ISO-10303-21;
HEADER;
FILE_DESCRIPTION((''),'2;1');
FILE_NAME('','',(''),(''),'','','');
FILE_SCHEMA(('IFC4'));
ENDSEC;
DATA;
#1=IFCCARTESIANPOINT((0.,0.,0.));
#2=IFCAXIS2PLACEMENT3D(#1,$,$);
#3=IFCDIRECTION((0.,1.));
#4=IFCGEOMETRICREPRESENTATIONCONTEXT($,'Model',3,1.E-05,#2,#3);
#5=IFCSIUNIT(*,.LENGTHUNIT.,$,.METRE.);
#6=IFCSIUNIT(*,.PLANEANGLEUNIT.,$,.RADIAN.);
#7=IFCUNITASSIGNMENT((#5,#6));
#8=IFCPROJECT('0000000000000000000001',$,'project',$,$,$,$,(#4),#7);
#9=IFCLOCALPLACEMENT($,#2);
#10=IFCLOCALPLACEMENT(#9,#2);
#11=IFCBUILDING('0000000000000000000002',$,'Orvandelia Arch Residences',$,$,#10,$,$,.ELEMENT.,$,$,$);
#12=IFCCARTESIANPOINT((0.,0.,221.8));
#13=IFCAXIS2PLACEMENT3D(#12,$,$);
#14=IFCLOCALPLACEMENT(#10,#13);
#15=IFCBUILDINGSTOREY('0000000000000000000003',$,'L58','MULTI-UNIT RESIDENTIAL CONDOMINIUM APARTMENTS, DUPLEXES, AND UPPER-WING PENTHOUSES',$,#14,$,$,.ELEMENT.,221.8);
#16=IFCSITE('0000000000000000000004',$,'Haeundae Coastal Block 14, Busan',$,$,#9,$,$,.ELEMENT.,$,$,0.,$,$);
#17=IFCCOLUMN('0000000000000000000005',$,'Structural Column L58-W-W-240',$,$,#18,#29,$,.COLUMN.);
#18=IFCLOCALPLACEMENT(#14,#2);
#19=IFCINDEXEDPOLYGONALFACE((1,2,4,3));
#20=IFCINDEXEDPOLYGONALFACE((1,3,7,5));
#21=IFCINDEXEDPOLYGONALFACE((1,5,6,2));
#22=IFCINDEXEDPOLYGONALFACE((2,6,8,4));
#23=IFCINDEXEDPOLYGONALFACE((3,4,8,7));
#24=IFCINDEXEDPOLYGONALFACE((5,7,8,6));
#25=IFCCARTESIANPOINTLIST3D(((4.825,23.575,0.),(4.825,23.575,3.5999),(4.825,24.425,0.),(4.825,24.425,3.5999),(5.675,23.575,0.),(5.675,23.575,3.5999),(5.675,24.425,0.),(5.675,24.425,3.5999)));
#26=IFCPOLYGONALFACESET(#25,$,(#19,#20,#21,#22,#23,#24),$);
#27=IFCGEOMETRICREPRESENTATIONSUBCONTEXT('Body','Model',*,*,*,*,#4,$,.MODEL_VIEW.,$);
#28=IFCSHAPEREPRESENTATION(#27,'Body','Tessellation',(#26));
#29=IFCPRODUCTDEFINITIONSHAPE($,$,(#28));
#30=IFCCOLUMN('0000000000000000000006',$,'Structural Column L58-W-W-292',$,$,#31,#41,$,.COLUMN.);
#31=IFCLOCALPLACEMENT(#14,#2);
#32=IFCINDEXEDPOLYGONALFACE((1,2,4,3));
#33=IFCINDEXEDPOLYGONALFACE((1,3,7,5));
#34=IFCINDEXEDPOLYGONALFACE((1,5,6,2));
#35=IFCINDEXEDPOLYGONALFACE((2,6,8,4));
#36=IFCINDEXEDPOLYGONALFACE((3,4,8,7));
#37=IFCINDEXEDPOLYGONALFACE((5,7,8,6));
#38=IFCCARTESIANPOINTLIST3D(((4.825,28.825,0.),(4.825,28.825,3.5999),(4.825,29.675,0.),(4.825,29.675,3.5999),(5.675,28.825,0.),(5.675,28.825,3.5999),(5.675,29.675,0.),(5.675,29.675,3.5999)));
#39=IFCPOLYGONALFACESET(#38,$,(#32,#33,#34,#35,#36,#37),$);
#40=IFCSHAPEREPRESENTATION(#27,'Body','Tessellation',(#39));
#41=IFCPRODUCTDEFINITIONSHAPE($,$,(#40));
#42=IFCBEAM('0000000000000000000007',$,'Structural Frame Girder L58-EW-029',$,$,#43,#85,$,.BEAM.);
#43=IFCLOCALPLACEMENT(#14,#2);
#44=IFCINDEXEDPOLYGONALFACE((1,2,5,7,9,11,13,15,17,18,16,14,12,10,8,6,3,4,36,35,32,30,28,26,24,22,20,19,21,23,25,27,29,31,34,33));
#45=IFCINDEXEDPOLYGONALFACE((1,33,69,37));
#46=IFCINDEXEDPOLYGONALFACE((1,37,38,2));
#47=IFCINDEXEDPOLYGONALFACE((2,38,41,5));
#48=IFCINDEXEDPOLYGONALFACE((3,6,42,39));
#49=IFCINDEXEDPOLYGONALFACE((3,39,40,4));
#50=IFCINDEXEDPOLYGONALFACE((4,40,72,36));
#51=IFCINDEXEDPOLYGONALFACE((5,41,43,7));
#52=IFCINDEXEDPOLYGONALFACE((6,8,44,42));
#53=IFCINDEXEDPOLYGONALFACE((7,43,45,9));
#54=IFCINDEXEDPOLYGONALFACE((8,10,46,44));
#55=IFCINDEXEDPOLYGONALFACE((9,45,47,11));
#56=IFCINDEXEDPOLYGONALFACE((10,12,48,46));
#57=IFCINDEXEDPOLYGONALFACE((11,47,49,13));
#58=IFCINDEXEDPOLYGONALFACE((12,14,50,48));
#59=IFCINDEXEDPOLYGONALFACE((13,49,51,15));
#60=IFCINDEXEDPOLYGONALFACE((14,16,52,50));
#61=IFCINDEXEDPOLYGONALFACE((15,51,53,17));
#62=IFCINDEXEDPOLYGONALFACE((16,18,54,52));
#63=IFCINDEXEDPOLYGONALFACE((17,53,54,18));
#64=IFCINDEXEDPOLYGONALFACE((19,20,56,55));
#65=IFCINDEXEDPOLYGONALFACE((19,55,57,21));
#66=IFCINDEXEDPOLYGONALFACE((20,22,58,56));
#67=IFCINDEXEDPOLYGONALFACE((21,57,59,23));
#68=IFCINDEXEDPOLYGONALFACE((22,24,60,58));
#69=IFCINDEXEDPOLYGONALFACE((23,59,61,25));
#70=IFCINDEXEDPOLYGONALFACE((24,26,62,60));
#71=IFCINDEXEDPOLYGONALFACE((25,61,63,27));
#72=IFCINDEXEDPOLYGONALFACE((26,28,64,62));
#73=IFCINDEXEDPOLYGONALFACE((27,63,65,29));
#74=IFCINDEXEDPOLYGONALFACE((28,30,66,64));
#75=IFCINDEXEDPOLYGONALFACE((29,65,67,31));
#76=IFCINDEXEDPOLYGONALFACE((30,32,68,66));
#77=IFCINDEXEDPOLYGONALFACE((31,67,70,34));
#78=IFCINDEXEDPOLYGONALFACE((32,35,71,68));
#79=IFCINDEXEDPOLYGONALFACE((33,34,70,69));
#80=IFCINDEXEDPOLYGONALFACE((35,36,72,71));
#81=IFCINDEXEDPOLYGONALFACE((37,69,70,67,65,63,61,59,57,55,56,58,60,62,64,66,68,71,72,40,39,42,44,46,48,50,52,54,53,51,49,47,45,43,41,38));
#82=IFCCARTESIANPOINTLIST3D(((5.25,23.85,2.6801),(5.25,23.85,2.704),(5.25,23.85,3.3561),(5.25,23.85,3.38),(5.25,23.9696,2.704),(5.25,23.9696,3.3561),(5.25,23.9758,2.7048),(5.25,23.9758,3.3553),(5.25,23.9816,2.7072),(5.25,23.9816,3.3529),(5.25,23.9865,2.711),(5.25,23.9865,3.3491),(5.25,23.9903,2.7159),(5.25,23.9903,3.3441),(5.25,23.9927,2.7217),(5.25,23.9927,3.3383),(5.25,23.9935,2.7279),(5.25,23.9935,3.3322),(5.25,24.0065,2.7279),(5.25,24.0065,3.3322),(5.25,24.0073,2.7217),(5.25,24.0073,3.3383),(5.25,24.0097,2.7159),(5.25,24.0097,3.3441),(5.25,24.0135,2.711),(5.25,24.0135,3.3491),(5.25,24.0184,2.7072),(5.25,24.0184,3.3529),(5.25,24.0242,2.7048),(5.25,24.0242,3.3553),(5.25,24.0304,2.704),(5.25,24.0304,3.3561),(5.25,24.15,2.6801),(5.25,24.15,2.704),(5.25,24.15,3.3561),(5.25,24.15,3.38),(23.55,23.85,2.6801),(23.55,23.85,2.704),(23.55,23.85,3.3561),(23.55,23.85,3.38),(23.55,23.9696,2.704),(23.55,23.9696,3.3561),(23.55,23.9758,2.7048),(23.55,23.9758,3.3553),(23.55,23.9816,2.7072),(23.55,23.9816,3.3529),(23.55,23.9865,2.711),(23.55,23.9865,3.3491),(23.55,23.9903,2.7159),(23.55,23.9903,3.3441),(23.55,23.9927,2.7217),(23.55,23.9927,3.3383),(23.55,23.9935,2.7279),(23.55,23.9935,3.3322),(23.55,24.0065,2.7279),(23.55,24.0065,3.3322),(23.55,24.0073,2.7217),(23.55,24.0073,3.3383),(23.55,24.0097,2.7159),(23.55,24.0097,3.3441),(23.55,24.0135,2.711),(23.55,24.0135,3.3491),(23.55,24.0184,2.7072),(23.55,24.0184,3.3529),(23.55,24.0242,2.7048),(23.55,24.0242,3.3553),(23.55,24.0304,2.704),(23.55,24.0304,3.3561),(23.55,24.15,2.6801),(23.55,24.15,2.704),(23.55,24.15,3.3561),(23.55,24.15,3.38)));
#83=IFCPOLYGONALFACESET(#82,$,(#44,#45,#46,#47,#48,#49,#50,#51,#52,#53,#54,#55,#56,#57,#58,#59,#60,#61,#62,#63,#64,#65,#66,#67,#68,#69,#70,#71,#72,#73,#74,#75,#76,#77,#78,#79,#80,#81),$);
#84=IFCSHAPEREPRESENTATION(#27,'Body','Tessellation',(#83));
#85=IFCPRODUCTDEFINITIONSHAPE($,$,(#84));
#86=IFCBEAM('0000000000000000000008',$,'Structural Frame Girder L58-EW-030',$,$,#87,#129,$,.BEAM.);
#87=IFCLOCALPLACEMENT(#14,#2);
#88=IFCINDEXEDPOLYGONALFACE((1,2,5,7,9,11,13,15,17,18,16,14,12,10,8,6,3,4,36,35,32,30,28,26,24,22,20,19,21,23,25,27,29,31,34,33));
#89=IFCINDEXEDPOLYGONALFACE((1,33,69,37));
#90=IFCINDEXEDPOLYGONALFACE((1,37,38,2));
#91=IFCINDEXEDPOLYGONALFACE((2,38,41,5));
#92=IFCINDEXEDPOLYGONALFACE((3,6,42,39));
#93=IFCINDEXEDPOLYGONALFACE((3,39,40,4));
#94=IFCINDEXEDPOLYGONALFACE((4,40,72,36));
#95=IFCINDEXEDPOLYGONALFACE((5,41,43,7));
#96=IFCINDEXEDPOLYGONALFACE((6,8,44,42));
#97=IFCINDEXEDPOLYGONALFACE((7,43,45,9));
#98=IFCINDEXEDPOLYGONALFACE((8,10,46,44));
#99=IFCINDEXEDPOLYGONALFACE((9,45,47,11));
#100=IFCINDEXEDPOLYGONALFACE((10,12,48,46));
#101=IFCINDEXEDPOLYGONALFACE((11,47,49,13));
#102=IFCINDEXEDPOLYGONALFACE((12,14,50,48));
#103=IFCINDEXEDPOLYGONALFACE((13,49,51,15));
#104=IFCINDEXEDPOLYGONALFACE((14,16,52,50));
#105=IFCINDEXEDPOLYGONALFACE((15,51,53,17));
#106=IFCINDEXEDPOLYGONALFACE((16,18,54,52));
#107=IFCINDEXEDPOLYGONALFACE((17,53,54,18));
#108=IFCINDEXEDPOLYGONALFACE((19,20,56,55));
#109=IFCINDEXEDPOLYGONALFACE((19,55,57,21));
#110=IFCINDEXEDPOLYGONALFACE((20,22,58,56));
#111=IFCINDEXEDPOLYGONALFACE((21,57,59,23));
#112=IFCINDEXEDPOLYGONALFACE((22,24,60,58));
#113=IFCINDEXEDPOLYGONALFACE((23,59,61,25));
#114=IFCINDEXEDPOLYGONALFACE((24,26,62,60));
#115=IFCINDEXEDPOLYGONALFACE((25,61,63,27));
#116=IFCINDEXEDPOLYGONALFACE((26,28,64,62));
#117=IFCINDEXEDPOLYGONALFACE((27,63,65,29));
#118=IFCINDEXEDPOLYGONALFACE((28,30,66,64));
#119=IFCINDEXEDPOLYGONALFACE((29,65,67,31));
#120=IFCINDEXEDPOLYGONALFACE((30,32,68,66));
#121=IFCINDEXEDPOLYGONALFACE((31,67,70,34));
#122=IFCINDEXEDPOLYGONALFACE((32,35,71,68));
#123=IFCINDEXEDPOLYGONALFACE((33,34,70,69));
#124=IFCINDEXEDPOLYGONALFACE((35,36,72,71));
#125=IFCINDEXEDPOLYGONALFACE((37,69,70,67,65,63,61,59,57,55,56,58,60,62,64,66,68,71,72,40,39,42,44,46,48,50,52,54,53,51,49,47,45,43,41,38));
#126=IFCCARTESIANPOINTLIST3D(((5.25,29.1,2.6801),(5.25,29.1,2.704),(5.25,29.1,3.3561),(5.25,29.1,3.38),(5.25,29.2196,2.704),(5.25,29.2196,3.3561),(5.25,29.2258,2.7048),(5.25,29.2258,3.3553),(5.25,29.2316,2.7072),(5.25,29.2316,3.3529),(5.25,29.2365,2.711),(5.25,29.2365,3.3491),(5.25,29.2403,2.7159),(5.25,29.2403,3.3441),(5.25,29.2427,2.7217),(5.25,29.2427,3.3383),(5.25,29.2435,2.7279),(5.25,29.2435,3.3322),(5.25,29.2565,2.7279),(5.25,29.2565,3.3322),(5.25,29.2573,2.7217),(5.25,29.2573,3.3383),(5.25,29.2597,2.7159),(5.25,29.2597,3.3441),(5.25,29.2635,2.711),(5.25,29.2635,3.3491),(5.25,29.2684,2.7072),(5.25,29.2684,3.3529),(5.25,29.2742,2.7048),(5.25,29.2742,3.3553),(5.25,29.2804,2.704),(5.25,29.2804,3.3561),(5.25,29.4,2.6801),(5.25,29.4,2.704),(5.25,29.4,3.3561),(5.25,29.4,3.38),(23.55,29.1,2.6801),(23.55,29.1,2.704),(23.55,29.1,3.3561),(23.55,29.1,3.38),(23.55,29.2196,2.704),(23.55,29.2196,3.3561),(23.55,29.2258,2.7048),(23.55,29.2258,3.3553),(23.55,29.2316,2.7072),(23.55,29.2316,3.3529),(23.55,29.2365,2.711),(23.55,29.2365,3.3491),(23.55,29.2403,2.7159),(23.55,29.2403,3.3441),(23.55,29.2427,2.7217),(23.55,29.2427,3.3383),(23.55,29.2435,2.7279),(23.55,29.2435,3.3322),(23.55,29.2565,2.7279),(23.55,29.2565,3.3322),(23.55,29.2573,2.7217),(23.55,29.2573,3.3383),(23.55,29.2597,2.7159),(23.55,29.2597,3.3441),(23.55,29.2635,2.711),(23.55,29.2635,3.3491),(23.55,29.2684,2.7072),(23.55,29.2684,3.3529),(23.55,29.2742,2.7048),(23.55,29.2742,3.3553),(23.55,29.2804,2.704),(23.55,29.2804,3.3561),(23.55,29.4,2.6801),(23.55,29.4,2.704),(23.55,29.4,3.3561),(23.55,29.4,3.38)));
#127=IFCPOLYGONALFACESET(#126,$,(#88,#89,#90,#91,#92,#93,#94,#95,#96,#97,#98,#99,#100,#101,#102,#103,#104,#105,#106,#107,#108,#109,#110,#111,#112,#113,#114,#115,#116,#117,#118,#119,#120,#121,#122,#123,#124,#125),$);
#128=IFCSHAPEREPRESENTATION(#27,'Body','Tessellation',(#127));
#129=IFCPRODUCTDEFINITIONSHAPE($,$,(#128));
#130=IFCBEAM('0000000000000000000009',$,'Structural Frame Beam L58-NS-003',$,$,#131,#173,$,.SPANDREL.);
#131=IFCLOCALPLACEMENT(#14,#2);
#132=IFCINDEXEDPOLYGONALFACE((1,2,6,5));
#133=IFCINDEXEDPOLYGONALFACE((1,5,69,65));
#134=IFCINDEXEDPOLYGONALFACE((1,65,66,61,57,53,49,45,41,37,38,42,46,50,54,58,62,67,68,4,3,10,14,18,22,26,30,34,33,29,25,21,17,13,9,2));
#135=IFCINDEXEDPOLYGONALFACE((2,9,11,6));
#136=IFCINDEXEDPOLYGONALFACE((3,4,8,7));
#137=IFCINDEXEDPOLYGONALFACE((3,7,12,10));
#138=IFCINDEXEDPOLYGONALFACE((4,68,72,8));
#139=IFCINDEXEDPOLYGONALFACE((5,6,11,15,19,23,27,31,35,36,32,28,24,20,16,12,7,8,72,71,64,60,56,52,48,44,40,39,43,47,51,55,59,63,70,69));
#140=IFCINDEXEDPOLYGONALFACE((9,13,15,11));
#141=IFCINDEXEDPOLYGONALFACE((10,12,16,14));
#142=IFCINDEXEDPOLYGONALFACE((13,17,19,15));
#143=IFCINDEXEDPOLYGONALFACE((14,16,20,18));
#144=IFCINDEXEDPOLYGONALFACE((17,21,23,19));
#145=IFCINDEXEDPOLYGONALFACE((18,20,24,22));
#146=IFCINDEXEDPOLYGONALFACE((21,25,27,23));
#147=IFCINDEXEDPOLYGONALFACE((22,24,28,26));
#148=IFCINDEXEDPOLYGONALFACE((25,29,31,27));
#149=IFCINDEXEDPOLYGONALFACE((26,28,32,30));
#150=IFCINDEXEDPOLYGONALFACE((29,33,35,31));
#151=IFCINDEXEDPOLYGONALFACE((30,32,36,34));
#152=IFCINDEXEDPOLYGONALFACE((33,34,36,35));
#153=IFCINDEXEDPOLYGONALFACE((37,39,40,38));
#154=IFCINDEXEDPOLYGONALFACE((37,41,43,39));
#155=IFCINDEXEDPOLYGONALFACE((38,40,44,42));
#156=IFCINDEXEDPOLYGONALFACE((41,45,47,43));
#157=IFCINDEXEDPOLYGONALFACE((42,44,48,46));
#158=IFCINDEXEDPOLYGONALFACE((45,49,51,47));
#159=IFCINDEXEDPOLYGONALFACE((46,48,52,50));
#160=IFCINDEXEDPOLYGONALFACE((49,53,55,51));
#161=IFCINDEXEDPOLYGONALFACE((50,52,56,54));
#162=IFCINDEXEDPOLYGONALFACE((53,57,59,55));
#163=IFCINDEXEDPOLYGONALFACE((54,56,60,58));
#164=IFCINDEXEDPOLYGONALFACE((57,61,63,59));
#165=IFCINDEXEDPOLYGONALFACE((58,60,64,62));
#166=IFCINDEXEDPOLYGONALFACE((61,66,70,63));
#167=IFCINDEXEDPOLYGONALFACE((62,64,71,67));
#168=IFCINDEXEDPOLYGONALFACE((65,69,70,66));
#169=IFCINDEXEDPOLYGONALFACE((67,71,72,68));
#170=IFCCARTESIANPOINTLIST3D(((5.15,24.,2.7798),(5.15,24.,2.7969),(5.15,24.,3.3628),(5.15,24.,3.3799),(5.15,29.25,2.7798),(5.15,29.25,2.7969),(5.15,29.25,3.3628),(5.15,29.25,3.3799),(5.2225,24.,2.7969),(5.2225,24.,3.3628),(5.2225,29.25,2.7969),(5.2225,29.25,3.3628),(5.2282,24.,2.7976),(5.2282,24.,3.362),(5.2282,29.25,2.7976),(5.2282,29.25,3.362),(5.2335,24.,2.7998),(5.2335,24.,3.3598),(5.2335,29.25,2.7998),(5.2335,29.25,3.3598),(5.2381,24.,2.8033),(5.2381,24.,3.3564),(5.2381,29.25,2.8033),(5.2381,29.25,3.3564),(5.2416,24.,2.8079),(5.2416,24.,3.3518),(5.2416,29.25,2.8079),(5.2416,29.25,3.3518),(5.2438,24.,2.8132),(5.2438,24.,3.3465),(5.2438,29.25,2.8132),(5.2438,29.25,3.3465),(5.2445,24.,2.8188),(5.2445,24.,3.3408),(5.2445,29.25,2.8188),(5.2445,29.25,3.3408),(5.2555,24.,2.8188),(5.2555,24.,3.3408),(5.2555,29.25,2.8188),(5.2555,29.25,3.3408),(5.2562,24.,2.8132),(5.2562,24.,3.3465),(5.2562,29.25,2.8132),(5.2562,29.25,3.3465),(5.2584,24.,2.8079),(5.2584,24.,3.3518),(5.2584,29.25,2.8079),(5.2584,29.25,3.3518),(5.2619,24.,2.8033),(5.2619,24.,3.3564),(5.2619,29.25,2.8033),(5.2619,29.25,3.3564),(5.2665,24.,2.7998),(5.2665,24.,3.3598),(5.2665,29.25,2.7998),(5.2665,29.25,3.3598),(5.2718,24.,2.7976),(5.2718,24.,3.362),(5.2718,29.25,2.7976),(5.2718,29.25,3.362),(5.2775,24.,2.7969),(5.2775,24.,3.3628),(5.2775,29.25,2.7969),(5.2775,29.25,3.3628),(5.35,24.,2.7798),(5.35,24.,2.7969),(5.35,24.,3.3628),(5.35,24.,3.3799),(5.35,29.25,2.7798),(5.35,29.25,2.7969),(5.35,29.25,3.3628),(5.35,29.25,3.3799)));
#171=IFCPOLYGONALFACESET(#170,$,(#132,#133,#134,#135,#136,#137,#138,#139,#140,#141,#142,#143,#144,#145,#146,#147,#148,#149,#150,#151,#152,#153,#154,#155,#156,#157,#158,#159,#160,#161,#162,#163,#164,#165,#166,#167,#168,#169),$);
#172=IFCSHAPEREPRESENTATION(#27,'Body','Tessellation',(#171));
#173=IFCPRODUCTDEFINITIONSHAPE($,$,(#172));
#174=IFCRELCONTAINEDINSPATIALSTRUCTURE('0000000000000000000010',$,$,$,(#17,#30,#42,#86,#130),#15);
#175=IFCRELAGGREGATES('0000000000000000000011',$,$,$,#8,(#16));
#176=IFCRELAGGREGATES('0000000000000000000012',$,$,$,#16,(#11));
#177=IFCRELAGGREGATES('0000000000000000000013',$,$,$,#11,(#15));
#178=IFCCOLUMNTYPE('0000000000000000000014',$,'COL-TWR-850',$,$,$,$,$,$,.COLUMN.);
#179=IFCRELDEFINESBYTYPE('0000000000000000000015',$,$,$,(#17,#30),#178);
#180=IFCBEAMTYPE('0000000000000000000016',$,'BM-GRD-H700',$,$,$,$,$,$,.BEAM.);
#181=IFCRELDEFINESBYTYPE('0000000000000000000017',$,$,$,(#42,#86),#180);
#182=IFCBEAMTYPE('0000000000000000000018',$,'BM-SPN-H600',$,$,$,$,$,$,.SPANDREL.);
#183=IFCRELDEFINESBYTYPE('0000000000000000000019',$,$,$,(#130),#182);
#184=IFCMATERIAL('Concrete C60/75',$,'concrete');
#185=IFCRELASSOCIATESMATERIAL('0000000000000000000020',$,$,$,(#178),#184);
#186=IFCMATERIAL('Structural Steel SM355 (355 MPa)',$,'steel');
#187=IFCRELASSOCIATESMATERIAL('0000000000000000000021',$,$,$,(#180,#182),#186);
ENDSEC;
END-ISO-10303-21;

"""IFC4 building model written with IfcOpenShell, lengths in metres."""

from ifc_helpers import new_model, si_unit, direction, frame, origin, origin_2d, place, context, subcontext, project, spatial, rectangle, i_section, extrude, material, material_profile, profile_set, type_object, element, save


model = new_model("IFC4")

# Units and contexts
model_context = context("Model", 3, precision=1e-05, world=origin(), true_north=direction((0.0, 1.0)))
body_context = subcontext(model_context, "Body", "Model", "MODEL_VIEW")
ifc_project = project(units=[si_unit("LENGTHUNIT", "METRE"), si_unit("PLANEANGLEUNIT", "RADIAN")], contexts=[model_context])

# Site, building, storey
site_placement = place(None, origin())
site = spatial("IfcSite", under=ifc_project, at=site_placement, Name="Haeundae Coastal Block 14, Busan", CompositionType="ELEMENT", RefElevation=0.0)
building_placement = place(site_placement, origin())
building = spatial("IfcBuilding", under=site, at=building_placement, Name="Orvandelia Arch Residences", CompositionType="ELEMENT")
storey_placement = place(building_placement, frame((0.0, 0.0, 221.8)))
storey = spatial("IfcBuildingStorey", under=building, at=storey_placement, Name="L58", Description="MULTI-UNIT RESIDENTIAL CONDOMINIUM APARTMENTS, DUPLEXES, AND UPPER-WING PENTHOUSES", CompositionType="ELEMENT", Elevation=221.8)

# Columns
ifc_material_1 = material(Name="Concrete C60/75", Category="concrete")
ifc_material_profile_1 = material_profile(ifc_material_1, rectangle(XDim=0.8501, YDim=0.8501, at=origin_2d()), Name="Concrete C60/75", Category="concrete")
ifc_profile_set_1 = profile_set([ifc_material_profile_1], Name="Concrete C60/75")
column_type = type_object("IfcColumnType", Name="COL-TWR-850", PredefinedType="COLUMN", material=ifc_profile_set_1)
for number, where, z_axis, x_axis, name in (
    (1, (5.25, 24.0, 0.0), (0.0, 0.0, 1.0), (1.0, 0.0, 0.0), "Structural Column L58-W-W-240"),
    (2, (5.25, 29.25, 0.0), (0.0, 0.0, 1.0), (1.0, 0.0, 0.0), "Structural Column L58-W-W-292"),
):
    element("IfcColumn", number, at=place(storey_placement, frame(where, z_axis=z_axis, x_axis=x_axis)), inside=storey, type_object=column_type, Name=name, PredefinedType="COLUMN", context=body_context, shape_type="SweptSolid", body=[
        extrude(rectangle(XDim=0.8501, YDim=0.8501, at=origin_2d()), origin(), (0.0, 0.0, 1.0), 3.5999),
    ])

# Beams
ifc_material_2 = material(Name="Structural Steel SM355 (355 MPa)", Category="steel")
ifc_material_profile_2 = material_profile(ifc_material_2, i_section(OverallWidth=0.3, OverallDepth=0.7, WebThickness=0.0129, FlangeThickness=0.0239, FilletRadius=0.0239, at=origin_2d()), Name="Structural Steel SM355 (355 MPa)", Category="steel")
ifc_profile_set_2 = profile_set([ifc_material_profile_2], Name="Structural Steel SM355 (355 MPa)")
beam_type_1 = type_object("IfcBeamType", Name="BM-GRD-H700", PredefinedType="BEAM", material=ifc_profile_set_2)
for number, where, z_axis, x_axis, name in (
    (3, (5.25, 24.0, 3.03), (1.0, 0.0, 0.0), (0.0, 1.0, 0.0), "Structural Frame Girder L58-EW-029"),
    (4, (5.25, 29.25, 3.03), (1.0, 0.0, 0.0), (0.0, 1.0, 0.0), "Structural Frame Girder L58-EW-030"),
):
    element("IfcBeam", number, at=place(storey_placement, frame(where, z_axis=z_axis, x_axis=x_axis)), inside=storey, type_object=beam_type_1, Name=name, PredefinedType="BEAM", context=body_context, shape_type="SweptSolid", body=[
        extrude(i_section(OverallWidth=0.3, OverallDepth=0.7, WebThickness=0.0129, FlangeThickness=0.0239, FilletRadius=0.0239, at=origin_2d()), origin(), (0.0, 0.0, 1.0), 18.3),
    ])
ifc_material_profile_3 = material_profile(ifc_material_2, i_section(OverallWidth=0.2, OverallDepth=0.6001, WebThickness=0.011, FlangeThickness=0.0171, FilletRadius=0.022, at=origin_2d()), Name="Structural Steel SM355 (355 MPa)", Category="steel")
ifc_profile_set_3 = profile_set([ifc_material_profile_3], Name="Structural Steel SM355 (355 MPa)")
beam_type_2 = type_object("IfcBeamType", Name="BM-SPN-H600", PredefinedType="SPANDREL", material=ifc_profile_set_3)
beam_1_placement = place(storey_placement, frame((5.25, 24.0, 3.0798), z_axis=(0.0, 1.0, 0.0), x_axis=(-1.0, 0.0, 0.0)))
element("IfcBeam", 5, at=beam_1_placement, inside=storey, type_object=beam_type_2, Name="Structural Frame Beam L58-NS-003", PredefinedType="SPANDREL", context=body_context, shape_type="SweptSolid", body=[
    extrude(i_section(OverallWidth=0.2, OverallDepth=0.6001, WebThickness=0.011, FlangeThickness=0.0171, FilletRadius=0.022, at=origin_2d()), origin(), (0.0, 0.0, 1.0), 5.25),
])

save(model, "model.ifc")
